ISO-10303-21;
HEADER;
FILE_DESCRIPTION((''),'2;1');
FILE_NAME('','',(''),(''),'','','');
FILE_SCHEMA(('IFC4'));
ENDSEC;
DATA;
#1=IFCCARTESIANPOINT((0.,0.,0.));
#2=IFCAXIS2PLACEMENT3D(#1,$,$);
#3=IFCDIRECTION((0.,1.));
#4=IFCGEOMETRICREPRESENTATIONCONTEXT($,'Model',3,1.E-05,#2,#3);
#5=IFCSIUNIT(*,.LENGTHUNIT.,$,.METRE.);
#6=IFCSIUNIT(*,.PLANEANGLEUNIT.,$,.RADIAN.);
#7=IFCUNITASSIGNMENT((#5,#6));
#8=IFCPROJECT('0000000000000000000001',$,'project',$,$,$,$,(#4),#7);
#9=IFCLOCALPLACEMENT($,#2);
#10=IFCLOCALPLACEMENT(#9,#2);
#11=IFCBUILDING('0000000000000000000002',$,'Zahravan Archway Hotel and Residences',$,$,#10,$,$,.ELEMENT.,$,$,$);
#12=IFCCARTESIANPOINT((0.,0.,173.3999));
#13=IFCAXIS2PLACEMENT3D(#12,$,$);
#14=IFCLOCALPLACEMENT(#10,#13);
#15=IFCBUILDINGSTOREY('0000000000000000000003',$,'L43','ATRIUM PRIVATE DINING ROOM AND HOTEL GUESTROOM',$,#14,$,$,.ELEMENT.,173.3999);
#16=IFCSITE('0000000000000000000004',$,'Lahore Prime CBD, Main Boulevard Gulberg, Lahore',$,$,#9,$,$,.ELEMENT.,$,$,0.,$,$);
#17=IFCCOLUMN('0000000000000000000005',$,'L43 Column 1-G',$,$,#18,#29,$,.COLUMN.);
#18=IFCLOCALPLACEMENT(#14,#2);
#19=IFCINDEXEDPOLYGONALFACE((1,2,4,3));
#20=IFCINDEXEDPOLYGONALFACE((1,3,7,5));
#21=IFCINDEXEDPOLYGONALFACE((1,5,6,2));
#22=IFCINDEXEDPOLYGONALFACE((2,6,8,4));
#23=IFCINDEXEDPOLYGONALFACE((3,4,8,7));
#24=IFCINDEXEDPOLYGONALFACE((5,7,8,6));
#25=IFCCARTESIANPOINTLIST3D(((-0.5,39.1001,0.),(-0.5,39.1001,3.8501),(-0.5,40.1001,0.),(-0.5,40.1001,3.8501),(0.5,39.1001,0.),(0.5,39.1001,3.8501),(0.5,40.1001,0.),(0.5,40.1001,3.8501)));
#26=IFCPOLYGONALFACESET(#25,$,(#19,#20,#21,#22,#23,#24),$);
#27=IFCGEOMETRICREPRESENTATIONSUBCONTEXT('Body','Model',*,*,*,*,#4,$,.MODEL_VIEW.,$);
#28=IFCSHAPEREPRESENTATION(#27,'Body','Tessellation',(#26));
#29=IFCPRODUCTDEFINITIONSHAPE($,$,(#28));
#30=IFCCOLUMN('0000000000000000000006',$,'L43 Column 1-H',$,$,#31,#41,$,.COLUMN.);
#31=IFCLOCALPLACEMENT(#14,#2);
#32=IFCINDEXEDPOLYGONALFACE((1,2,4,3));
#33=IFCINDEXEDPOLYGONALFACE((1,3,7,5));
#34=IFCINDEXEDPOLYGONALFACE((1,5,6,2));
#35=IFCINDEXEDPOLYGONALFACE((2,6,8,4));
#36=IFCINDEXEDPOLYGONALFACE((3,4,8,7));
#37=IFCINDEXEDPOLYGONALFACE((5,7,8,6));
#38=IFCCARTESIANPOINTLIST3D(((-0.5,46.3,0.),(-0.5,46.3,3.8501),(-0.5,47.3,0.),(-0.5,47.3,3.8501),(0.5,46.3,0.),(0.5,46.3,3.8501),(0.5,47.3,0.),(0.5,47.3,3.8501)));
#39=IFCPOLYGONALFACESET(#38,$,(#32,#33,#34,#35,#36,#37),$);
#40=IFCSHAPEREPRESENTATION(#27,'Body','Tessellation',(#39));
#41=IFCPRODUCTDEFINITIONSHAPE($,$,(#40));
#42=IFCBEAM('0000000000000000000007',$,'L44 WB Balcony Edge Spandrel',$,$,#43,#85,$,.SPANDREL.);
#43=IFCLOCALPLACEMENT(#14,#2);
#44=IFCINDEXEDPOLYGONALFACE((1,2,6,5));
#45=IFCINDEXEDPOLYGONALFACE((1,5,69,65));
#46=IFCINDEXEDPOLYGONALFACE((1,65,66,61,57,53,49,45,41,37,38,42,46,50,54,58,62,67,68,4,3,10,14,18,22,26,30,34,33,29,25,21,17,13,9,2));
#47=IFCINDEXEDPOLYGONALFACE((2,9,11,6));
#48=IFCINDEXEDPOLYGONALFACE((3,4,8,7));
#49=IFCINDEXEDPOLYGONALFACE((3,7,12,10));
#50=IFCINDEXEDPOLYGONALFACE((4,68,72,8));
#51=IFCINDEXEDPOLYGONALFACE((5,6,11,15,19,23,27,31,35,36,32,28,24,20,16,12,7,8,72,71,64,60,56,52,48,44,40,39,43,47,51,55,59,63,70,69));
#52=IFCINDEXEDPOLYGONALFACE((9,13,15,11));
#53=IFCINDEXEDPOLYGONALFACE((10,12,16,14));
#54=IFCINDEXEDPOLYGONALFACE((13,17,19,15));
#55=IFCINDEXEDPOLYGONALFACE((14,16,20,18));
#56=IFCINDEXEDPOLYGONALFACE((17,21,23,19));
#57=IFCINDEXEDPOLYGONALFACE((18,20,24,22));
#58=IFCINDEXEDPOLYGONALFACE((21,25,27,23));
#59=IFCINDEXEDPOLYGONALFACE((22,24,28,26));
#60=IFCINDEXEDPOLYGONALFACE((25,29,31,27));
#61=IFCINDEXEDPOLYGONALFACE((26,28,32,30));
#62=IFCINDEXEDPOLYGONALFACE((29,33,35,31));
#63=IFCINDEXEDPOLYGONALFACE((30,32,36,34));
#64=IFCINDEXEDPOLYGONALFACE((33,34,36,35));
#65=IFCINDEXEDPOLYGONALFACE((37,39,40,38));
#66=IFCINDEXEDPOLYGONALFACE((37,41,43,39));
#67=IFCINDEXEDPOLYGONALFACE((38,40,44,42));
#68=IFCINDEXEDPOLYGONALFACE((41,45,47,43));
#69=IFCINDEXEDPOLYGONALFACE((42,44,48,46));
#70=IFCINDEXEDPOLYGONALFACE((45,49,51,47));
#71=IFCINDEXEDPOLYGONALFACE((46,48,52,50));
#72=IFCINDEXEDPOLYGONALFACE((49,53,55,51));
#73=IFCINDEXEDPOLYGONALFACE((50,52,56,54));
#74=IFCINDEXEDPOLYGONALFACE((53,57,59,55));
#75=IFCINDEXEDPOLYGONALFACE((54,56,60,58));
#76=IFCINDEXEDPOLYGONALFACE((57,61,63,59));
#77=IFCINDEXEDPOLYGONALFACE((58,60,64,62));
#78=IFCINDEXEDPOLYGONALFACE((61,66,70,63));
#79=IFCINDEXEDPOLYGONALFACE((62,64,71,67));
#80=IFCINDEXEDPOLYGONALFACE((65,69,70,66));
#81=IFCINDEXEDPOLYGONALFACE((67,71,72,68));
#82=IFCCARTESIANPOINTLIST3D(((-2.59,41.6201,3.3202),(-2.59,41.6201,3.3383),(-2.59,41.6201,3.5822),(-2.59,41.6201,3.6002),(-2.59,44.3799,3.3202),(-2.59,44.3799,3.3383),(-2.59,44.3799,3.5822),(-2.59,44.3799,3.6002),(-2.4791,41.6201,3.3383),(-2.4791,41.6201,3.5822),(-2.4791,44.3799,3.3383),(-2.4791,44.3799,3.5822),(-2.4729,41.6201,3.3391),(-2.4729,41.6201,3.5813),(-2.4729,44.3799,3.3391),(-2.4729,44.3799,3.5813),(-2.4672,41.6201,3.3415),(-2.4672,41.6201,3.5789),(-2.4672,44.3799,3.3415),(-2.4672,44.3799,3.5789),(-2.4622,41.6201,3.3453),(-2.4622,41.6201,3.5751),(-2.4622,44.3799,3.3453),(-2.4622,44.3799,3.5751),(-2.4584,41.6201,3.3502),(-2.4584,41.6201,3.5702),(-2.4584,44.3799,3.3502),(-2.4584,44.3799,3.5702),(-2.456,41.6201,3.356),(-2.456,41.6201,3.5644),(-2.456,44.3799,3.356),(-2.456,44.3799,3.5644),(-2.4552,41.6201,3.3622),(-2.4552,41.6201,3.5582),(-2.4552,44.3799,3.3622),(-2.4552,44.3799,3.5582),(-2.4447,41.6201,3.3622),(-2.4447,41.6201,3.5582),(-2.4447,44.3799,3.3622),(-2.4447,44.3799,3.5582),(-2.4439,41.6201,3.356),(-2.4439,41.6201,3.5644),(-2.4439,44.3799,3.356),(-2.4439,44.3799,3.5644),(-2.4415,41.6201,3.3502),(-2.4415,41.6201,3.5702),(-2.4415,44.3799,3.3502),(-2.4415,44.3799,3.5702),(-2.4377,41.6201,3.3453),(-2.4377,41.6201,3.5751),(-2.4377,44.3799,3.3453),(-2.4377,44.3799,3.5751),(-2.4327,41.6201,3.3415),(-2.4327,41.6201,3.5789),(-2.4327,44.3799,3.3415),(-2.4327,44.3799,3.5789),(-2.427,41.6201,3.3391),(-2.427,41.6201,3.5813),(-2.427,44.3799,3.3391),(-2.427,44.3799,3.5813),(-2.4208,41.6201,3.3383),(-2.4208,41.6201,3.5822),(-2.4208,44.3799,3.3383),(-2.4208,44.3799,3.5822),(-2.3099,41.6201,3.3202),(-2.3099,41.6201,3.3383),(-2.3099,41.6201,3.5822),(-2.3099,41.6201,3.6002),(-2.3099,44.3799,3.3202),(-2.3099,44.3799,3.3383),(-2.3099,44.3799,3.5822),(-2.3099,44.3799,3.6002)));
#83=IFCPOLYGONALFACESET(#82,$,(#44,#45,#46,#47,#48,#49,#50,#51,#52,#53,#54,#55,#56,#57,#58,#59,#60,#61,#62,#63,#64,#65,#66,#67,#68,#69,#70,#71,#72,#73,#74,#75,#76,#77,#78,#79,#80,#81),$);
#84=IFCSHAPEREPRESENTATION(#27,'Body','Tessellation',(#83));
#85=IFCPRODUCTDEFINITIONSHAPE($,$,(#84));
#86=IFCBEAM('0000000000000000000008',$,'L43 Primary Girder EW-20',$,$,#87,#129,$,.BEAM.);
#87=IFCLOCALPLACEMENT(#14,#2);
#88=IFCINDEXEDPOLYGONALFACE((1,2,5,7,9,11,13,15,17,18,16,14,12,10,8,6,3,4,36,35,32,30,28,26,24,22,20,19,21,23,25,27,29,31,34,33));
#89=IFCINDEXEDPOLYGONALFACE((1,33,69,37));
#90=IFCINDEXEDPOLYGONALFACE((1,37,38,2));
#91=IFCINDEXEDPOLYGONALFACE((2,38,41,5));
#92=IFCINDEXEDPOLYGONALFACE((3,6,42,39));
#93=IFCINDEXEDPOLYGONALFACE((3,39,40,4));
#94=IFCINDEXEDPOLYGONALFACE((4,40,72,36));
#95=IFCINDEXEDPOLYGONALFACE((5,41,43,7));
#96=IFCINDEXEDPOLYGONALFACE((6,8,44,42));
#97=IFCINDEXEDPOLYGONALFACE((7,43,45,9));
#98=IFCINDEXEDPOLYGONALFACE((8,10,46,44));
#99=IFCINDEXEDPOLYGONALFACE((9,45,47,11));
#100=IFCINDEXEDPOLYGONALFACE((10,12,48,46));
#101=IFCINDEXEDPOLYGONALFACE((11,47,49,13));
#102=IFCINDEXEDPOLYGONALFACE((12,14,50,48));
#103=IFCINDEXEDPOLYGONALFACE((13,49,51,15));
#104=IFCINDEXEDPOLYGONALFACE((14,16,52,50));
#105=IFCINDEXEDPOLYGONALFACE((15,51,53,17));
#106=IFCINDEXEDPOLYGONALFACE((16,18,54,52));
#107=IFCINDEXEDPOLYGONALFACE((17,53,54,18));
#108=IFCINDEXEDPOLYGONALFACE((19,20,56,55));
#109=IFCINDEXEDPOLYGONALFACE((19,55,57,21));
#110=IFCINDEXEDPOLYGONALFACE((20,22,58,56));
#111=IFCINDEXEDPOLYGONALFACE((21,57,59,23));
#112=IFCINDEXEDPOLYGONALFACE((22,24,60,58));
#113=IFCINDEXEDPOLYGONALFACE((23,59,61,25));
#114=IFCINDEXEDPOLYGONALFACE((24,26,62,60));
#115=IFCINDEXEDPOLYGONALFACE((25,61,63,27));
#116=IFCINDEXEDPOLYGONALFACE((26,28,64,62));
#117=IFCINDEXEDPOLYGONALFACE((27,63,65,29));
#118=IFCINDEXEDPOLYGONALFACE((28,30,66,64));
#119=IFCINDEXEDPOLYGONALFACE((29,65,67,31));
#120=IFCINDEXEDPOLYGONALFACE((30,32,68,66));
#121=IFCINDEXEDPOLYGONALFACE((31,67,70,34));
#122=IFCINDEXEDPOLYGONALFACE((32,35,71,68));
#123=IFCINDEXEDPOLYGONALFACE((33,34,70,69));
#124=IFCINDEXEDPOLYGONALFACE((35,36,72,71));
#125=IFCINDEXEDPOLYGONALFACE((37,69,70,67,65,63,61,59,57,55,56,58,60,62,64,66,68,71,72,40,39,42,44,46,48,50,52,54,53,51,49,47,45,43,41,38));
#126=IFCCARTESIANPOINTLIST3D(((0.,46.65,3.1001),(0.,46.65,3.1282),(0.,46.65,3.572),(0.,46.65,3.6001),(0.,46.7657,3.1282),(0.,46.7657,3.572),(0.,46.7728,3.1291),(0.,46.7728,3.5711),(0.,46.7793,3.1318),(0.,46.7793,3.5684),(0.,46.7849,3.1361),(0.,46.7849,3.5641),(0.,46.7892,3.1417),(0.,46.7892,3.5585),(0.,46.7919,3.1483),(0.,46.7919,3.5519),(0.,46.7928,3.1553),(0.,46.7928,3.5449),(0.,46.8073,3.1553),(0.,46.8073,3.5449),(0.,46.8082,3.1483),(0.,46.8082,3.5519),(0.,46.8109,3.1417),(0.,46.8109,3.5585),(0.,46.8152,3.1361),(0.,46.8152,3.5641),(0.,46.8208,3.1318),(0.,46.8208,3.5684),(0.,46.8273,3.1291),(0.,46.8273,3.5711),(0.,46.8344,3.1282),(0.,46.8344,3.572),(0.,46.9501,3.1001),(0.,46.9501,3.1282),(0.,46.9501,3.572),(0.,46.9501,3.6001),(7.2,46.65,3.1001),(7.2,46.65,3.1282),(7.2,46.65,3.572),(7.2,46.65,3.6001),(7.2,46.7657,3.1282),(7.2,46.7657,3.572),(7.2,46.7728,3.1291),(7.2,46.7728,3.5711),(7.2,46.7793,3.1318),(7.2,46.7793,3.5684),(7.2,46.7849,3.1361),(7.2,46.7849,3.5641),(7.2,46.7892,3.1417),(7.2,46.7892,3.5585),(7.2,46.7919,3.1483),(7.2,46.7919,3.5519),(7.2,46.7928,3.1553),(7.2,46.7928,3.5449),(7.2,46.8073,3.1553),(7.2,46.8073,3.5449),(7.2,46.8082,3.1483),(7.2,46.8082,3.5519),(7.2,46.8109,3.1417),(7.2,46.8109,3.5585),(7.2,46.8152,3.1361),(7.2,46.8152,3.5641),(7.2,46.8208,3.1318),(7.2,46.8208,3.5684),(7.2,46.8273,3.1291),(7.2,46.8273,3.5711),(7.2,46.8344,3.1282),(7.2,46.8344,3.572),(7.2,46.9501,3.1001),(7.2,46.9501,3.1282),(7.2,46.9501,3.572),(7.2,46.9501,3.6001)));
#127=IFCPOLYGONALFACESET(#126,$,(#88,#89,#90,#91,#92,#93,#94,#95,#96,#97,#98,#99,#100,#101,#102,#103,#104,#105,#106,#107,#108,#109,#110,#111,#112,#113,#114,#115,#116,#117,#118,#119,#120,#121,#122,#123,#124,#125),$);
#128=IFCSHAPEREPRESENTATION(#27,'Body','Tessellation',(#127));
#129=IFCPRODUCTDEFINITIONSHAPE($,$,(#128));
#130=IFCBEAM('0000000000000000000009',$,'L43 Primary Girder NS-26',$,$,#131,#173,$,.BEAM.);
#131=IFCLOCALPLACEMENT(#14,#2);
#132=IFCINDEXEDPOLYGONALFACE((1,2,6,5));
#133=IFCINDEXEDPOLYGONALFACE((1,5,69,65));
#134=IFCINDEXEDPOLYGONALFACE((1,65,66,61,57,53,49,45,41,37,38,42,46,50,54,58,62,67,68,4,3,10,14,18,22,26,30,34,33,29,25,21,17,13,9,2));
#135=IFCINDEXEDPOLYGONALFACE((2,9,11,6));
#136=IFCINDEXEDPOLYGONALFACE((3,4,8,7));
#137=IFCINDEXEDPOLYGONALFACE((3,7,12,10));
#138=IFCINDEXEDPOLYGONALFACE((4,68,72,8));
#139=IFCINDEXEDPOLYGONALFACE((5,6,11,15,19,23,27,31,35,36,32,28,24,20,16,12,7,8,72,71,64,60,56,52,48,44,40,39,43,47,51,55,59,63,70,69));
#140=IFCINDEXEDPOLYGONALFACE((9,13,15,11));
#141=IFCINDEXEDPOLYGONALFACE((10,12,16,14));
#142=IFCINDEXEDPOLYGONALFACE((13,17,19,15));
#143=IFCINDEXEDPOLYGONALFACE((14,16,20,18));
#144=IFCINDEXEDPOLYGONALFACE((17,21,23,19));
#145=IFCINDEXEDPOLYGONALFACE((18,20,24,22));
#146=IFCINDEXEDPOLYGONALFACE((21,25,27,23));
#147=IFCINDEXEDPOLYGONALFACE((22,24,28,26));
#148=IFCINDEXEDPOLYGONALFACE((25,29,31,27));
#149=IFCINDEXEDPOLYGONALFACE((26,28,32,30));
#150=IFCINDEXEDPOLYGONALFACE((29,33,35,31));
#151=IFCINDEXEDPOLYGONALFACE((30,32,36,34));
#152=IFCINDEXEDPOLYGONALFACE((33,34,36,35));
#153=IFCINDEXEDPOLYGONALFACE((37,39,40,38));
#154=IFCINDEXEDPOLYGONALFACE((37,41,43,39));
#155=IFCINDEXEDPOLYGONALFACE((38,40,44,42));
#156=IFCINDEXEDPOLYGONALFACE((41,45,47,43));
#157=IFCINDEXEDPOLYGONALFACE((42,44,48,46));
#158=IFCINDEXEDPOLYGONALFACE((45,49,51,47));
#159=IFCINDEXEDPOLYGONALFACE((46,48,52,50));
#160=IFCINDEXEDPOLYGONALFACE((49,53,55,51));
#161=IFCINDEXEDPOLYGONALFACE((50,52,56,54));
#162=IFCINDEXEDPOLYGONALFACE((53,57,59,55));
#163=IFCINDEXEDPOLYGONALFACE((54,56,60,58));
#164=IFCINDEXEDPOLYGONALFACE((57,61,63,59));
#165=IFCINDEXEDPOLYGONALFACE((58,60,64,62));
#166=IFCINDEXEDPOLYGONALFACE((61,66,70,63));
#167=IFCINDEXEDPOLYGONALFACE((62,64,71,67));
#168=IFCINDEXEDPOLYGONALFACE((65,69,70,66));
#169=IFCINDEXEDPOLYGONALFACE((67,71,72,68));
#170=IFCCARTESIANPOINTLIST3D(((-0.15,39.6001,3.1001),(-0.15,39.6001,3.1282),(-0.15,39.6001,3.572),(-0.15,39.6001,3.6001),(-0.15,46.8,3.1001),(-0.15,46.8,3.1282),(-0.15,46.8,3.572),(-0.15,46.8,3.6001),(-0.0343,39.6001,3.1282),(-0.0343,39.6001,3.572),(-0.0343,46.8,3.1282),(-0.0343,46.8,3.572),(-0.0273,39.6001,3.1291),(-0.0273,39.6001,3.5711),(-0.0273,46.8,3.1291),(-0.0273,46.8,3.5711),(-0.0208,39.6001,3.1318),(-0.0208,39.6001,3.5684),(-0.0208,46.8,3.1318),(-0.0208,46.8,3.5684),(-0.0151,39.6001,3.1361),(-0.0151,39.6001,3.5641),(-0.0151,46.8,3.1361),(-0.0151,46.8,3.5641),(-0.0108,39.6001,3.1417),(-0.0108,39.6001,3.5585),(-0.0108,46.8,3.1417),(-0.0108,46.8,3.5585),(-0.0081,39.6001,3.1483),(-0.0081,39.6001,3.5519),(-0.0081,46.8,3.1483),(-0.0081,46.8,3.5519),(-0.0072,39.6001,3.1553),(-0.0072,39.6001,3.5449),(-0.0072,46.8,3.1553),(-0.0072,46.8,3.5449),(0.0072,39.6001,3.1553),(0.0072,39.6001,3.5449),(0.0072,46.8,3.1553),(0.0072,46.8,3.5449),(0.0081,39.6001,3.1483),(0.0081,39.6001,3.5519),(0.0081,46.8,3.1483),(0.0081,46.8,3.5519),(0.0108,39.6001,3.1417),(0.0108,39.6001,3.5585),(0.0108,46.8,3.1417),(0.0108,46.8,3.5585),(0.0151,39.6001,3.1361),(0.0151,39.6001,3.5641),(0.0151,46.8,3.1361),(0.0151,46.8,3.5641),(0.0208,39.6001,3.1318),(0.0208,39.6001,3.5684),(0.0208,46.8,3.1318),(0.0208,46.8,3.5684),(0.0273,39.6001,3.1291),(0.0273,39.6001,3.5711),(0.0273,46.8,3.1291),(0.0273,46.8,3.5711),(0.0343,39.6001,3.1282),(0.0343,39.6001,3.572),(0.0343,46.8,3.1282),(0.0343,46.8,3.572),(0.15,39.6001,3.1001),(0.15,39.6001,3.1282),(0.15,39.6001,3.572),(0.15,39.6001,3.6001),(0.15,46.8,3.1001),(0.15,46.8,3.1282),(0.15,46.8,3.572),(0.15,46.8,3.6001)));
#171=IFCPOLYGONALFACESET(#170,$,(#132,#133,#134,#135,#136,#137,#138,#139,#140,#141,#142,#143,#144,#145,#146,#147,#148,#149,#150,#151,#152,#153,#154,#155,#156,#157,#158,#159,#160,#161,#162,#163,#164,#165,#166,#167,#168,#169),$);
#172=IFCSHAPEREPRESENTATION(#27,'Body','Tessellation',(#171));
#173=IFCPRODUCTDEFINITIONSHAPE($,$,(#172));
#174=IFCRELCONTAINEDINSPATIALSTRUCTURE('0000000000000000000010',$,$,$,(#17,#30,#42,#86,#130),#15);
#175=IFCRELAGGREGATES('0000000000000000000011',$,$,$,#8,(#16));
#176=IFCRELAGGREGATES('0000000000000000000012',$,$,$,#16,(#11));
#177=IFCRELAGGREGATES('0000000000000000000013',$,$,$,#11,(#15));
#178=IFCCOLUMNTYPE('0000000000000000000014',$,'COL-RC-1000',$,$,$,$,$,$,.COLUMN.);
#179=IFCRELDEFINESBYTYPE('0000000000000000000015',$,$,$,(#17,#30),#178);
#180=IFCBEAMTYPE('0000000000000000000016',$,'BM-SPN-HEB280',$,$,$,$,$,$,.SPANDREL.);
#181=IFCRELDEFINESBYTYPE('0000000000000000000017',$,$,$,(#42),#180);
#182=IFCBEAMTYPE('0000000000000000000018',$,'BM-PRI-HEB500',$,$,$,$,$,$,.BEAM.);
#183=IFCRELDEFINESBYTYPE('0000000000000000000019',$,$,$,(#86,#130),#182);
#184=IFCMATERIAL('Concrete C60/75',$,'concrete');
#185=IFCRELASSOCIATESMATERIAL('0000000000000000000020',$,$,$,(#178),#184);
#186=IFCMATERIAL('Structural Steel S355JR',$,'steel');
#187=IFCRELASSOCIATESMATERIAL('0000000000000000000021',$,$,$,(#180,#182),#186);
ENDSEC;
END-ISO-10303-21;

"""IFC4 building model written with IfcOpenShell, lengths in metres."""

from ifc_helpers import new_model, si_unit, direction, frame, origin, origin_2d, place, context, subcontext, project, spatial, rectangle, i_section, extrude, source, transform, mapped, material, material_profile, profile_set, type_object, element, save


model = new_model("IFC4")

# Units and contexts
model_context = context("Model", 3, precision=1e-05, world=origin(), true_north=direction((0.0, 1.0)))
body_context = subcontext(model_context, "Body", "Model", "MODEL_VIEW")
ifc_project = project(units=[si_unit("LENGTHUNIT", "METRE"), si_unit("PLANEANGLEUNIT", "RADIAN")], contexts=[model_context])

# Site, building, storey
site_placement = place(None, origin())
site = spatial("IfcSite", under=ifc_project, at=site_placement, Name="Lahore Prime CBD, Main Boulevard Gulberg, Lahore", CompositionType="ELEMENT", RefElevation=0.0)
building_placement = place(site_placement, origin())
building = spatial("IfcBuilding", under=site, at=building_placement, Name="Zahravan Archway Hotel and Residences", CompositionType="ELEMENT")
storey_placement = place(building_placement, frame((0.0, 0.0, 173.3999)))
storey = spatial("IfcBuildingStorey", under=building, at=storey_placement, Name="L43", Description="ATRIUM PRIVATE DINING ROOM AND HOTEL GUESTROOM", CompositionType="ELEMENT", Elevation=173.3999)

# Columns
ifc_material_1 = material(Name="Concrete C60/75", Category="concrete")
ifc_material_profile_1 = material_profile(ifc_material_1, rectangle(XDim=1.0, YDim=1.0, at=origin_2d()), Name="RC-COL-1000x1000", Category="concrete")
ifc_profile_set_1 = profile_set([ifc_material_profile_1], Name="Concrete C60/75")
column_type = type_object("IfcColumnType", Name="COL-RC-1000", PredefinedType="COLUMN", material=ifc_profile_set_1)
shared_shape_1 = source(origin(), body_context, "Body", "SweptSolid", [
    extrude(rectangle(XDim=1.0, YDim=1.0, at=origin_2d()), origin(), (0.0, 0.0, 1.0), 3.8501),
])
for number, where, z_axis, x_axis, name in (
    (1, (0.0, 39.6001, 0.0), (0.0, 0.0, 1.0), (1.0, 0.0, 0.0), "L43 Column 1-G"),
    (2, (0.0, 46.8, 0.0), (0.0, 0.0, 1.0), (1.0, 0.0, 0.0), "L43 Column 1-H"),
):
    element("IfcColumn", number, at=place(storey_placement, frame(where, z_axis=z_axis, x_axis=x_axis)), inside=storey, type_object=column_type, Name=name, PredefinedType="COLUMN", context=body_context, shape_type="MappedRepresentation", body=[
        mapped(shared_shape_1, transform((0.0, 0.0, 0.0), scale=1.0)),
    ])

# Beams
ifc_material_2 = material(Name="Structural Steel S355JR", Category="steel")
ifc_material_profile_2 = material_profile(ifc_material_2, i_section(OverallWidth=0.28, OverallDepth=0.28, WebThickness=0.0105, FlangeThickness=0.0181, FilletRadius=0.0239, at=origin_2d()), Name="HEB 280", Category="steel")
ifc_profile_set_2 = profile_set([ifc_material_profile_2], Name="Structural Steel S355JR")
beam_type_1 = type_object("IfcBeamType", Name="BM-SPN-HEB280", PredefinedType="SPANDREL", material=ifc_profile_set_2)
shared_shape_2 = source(origin(), body_context, "Body", "SweptSolid", [
    extrude(i_section(OverallWidth=0.28, OverallDepth=0.28, WebThickness=0.0105, FlangeThickness=0.0181, FilletRadius=0.0239, at=origin_2d()), origin(), (0.0, 0.0, 1.0), 2.7598),
])
beam_placement = place(storey_placement, frame((-2.45, 41.6201, 3.4602), z_axis=(0.0, 1.0, 0.0), x_axis=(-1.0, 0.0, 0.0)))
element("IfcBeam", 3, at=beam_placement, inside=storey, type_object=beam_type_1, Name="L44 WB Balcony Edge Spandrel", PredefinedType="SPANDREL", context=body_context, shape_type="MappedRepresentation", body=[
    mapped(shared_shape_2, transform((0.0, 0.0, 0.0), scale=1.0)),
])
ifc_material_profile_3 = material_profile(ifc_material_2, i_section(OverallWidth=0.3, OverallDepth=0.5, WebThickness=0.0144, FlangeThickness=0.0281, FilletRadius=0.0271, at=origin_2d()), Name="HEB 500", Category="steel")
ifc_profile_set_3 = profile_set([ifc_material_profile_3], Name="Structural Steel S355JR")
beam_type_2 = type_object("IfcBeamType", Name="BM-PRI-HEB500", PredefinedType="BEAM", material=ifc_profile_set_3)
shared_shape_3 = source(origin(), body_context, "Body", "SweptSolid", [
    extrude(i_section(OverallWidth=0.3, OverallDepth=0.5, WebThickness=0.0144, FlangeThickness=0.0281, FilletRadius=0.0271, at=origin_2d()), origin(), (0.0, 0.0, 1.0), 7.2),
])
for number, where, z_axis, x_axis, name in (
    (4, (0.0, 46.8, 3.3501), (1.0, 0.0, 0.0), (0.0, 1.0, 0.0), "L43 Primary Girder EW-20"),
    (5, (0.0, 39.6001, 3.3501), (0.0, 1.0, 0.0), (-1.0, 0.0, 0.0), "L43 Primary Girder NS-26"),
):
    element("IfcBeam", number, at=place(storey_placement, frame(where, z_axis=z_axis, x_axis=x_axis)), inside=storey, type_object=beam_type_2, Name=name, PredefinedType="BEAM", context=body_context, shape_type="MappedRepresentation", body=[
        mapped(shared_shape_3, transform((0.0, 0.0, 0.0), scale=1.0)),
    ])

save(model, "model.ifc")
